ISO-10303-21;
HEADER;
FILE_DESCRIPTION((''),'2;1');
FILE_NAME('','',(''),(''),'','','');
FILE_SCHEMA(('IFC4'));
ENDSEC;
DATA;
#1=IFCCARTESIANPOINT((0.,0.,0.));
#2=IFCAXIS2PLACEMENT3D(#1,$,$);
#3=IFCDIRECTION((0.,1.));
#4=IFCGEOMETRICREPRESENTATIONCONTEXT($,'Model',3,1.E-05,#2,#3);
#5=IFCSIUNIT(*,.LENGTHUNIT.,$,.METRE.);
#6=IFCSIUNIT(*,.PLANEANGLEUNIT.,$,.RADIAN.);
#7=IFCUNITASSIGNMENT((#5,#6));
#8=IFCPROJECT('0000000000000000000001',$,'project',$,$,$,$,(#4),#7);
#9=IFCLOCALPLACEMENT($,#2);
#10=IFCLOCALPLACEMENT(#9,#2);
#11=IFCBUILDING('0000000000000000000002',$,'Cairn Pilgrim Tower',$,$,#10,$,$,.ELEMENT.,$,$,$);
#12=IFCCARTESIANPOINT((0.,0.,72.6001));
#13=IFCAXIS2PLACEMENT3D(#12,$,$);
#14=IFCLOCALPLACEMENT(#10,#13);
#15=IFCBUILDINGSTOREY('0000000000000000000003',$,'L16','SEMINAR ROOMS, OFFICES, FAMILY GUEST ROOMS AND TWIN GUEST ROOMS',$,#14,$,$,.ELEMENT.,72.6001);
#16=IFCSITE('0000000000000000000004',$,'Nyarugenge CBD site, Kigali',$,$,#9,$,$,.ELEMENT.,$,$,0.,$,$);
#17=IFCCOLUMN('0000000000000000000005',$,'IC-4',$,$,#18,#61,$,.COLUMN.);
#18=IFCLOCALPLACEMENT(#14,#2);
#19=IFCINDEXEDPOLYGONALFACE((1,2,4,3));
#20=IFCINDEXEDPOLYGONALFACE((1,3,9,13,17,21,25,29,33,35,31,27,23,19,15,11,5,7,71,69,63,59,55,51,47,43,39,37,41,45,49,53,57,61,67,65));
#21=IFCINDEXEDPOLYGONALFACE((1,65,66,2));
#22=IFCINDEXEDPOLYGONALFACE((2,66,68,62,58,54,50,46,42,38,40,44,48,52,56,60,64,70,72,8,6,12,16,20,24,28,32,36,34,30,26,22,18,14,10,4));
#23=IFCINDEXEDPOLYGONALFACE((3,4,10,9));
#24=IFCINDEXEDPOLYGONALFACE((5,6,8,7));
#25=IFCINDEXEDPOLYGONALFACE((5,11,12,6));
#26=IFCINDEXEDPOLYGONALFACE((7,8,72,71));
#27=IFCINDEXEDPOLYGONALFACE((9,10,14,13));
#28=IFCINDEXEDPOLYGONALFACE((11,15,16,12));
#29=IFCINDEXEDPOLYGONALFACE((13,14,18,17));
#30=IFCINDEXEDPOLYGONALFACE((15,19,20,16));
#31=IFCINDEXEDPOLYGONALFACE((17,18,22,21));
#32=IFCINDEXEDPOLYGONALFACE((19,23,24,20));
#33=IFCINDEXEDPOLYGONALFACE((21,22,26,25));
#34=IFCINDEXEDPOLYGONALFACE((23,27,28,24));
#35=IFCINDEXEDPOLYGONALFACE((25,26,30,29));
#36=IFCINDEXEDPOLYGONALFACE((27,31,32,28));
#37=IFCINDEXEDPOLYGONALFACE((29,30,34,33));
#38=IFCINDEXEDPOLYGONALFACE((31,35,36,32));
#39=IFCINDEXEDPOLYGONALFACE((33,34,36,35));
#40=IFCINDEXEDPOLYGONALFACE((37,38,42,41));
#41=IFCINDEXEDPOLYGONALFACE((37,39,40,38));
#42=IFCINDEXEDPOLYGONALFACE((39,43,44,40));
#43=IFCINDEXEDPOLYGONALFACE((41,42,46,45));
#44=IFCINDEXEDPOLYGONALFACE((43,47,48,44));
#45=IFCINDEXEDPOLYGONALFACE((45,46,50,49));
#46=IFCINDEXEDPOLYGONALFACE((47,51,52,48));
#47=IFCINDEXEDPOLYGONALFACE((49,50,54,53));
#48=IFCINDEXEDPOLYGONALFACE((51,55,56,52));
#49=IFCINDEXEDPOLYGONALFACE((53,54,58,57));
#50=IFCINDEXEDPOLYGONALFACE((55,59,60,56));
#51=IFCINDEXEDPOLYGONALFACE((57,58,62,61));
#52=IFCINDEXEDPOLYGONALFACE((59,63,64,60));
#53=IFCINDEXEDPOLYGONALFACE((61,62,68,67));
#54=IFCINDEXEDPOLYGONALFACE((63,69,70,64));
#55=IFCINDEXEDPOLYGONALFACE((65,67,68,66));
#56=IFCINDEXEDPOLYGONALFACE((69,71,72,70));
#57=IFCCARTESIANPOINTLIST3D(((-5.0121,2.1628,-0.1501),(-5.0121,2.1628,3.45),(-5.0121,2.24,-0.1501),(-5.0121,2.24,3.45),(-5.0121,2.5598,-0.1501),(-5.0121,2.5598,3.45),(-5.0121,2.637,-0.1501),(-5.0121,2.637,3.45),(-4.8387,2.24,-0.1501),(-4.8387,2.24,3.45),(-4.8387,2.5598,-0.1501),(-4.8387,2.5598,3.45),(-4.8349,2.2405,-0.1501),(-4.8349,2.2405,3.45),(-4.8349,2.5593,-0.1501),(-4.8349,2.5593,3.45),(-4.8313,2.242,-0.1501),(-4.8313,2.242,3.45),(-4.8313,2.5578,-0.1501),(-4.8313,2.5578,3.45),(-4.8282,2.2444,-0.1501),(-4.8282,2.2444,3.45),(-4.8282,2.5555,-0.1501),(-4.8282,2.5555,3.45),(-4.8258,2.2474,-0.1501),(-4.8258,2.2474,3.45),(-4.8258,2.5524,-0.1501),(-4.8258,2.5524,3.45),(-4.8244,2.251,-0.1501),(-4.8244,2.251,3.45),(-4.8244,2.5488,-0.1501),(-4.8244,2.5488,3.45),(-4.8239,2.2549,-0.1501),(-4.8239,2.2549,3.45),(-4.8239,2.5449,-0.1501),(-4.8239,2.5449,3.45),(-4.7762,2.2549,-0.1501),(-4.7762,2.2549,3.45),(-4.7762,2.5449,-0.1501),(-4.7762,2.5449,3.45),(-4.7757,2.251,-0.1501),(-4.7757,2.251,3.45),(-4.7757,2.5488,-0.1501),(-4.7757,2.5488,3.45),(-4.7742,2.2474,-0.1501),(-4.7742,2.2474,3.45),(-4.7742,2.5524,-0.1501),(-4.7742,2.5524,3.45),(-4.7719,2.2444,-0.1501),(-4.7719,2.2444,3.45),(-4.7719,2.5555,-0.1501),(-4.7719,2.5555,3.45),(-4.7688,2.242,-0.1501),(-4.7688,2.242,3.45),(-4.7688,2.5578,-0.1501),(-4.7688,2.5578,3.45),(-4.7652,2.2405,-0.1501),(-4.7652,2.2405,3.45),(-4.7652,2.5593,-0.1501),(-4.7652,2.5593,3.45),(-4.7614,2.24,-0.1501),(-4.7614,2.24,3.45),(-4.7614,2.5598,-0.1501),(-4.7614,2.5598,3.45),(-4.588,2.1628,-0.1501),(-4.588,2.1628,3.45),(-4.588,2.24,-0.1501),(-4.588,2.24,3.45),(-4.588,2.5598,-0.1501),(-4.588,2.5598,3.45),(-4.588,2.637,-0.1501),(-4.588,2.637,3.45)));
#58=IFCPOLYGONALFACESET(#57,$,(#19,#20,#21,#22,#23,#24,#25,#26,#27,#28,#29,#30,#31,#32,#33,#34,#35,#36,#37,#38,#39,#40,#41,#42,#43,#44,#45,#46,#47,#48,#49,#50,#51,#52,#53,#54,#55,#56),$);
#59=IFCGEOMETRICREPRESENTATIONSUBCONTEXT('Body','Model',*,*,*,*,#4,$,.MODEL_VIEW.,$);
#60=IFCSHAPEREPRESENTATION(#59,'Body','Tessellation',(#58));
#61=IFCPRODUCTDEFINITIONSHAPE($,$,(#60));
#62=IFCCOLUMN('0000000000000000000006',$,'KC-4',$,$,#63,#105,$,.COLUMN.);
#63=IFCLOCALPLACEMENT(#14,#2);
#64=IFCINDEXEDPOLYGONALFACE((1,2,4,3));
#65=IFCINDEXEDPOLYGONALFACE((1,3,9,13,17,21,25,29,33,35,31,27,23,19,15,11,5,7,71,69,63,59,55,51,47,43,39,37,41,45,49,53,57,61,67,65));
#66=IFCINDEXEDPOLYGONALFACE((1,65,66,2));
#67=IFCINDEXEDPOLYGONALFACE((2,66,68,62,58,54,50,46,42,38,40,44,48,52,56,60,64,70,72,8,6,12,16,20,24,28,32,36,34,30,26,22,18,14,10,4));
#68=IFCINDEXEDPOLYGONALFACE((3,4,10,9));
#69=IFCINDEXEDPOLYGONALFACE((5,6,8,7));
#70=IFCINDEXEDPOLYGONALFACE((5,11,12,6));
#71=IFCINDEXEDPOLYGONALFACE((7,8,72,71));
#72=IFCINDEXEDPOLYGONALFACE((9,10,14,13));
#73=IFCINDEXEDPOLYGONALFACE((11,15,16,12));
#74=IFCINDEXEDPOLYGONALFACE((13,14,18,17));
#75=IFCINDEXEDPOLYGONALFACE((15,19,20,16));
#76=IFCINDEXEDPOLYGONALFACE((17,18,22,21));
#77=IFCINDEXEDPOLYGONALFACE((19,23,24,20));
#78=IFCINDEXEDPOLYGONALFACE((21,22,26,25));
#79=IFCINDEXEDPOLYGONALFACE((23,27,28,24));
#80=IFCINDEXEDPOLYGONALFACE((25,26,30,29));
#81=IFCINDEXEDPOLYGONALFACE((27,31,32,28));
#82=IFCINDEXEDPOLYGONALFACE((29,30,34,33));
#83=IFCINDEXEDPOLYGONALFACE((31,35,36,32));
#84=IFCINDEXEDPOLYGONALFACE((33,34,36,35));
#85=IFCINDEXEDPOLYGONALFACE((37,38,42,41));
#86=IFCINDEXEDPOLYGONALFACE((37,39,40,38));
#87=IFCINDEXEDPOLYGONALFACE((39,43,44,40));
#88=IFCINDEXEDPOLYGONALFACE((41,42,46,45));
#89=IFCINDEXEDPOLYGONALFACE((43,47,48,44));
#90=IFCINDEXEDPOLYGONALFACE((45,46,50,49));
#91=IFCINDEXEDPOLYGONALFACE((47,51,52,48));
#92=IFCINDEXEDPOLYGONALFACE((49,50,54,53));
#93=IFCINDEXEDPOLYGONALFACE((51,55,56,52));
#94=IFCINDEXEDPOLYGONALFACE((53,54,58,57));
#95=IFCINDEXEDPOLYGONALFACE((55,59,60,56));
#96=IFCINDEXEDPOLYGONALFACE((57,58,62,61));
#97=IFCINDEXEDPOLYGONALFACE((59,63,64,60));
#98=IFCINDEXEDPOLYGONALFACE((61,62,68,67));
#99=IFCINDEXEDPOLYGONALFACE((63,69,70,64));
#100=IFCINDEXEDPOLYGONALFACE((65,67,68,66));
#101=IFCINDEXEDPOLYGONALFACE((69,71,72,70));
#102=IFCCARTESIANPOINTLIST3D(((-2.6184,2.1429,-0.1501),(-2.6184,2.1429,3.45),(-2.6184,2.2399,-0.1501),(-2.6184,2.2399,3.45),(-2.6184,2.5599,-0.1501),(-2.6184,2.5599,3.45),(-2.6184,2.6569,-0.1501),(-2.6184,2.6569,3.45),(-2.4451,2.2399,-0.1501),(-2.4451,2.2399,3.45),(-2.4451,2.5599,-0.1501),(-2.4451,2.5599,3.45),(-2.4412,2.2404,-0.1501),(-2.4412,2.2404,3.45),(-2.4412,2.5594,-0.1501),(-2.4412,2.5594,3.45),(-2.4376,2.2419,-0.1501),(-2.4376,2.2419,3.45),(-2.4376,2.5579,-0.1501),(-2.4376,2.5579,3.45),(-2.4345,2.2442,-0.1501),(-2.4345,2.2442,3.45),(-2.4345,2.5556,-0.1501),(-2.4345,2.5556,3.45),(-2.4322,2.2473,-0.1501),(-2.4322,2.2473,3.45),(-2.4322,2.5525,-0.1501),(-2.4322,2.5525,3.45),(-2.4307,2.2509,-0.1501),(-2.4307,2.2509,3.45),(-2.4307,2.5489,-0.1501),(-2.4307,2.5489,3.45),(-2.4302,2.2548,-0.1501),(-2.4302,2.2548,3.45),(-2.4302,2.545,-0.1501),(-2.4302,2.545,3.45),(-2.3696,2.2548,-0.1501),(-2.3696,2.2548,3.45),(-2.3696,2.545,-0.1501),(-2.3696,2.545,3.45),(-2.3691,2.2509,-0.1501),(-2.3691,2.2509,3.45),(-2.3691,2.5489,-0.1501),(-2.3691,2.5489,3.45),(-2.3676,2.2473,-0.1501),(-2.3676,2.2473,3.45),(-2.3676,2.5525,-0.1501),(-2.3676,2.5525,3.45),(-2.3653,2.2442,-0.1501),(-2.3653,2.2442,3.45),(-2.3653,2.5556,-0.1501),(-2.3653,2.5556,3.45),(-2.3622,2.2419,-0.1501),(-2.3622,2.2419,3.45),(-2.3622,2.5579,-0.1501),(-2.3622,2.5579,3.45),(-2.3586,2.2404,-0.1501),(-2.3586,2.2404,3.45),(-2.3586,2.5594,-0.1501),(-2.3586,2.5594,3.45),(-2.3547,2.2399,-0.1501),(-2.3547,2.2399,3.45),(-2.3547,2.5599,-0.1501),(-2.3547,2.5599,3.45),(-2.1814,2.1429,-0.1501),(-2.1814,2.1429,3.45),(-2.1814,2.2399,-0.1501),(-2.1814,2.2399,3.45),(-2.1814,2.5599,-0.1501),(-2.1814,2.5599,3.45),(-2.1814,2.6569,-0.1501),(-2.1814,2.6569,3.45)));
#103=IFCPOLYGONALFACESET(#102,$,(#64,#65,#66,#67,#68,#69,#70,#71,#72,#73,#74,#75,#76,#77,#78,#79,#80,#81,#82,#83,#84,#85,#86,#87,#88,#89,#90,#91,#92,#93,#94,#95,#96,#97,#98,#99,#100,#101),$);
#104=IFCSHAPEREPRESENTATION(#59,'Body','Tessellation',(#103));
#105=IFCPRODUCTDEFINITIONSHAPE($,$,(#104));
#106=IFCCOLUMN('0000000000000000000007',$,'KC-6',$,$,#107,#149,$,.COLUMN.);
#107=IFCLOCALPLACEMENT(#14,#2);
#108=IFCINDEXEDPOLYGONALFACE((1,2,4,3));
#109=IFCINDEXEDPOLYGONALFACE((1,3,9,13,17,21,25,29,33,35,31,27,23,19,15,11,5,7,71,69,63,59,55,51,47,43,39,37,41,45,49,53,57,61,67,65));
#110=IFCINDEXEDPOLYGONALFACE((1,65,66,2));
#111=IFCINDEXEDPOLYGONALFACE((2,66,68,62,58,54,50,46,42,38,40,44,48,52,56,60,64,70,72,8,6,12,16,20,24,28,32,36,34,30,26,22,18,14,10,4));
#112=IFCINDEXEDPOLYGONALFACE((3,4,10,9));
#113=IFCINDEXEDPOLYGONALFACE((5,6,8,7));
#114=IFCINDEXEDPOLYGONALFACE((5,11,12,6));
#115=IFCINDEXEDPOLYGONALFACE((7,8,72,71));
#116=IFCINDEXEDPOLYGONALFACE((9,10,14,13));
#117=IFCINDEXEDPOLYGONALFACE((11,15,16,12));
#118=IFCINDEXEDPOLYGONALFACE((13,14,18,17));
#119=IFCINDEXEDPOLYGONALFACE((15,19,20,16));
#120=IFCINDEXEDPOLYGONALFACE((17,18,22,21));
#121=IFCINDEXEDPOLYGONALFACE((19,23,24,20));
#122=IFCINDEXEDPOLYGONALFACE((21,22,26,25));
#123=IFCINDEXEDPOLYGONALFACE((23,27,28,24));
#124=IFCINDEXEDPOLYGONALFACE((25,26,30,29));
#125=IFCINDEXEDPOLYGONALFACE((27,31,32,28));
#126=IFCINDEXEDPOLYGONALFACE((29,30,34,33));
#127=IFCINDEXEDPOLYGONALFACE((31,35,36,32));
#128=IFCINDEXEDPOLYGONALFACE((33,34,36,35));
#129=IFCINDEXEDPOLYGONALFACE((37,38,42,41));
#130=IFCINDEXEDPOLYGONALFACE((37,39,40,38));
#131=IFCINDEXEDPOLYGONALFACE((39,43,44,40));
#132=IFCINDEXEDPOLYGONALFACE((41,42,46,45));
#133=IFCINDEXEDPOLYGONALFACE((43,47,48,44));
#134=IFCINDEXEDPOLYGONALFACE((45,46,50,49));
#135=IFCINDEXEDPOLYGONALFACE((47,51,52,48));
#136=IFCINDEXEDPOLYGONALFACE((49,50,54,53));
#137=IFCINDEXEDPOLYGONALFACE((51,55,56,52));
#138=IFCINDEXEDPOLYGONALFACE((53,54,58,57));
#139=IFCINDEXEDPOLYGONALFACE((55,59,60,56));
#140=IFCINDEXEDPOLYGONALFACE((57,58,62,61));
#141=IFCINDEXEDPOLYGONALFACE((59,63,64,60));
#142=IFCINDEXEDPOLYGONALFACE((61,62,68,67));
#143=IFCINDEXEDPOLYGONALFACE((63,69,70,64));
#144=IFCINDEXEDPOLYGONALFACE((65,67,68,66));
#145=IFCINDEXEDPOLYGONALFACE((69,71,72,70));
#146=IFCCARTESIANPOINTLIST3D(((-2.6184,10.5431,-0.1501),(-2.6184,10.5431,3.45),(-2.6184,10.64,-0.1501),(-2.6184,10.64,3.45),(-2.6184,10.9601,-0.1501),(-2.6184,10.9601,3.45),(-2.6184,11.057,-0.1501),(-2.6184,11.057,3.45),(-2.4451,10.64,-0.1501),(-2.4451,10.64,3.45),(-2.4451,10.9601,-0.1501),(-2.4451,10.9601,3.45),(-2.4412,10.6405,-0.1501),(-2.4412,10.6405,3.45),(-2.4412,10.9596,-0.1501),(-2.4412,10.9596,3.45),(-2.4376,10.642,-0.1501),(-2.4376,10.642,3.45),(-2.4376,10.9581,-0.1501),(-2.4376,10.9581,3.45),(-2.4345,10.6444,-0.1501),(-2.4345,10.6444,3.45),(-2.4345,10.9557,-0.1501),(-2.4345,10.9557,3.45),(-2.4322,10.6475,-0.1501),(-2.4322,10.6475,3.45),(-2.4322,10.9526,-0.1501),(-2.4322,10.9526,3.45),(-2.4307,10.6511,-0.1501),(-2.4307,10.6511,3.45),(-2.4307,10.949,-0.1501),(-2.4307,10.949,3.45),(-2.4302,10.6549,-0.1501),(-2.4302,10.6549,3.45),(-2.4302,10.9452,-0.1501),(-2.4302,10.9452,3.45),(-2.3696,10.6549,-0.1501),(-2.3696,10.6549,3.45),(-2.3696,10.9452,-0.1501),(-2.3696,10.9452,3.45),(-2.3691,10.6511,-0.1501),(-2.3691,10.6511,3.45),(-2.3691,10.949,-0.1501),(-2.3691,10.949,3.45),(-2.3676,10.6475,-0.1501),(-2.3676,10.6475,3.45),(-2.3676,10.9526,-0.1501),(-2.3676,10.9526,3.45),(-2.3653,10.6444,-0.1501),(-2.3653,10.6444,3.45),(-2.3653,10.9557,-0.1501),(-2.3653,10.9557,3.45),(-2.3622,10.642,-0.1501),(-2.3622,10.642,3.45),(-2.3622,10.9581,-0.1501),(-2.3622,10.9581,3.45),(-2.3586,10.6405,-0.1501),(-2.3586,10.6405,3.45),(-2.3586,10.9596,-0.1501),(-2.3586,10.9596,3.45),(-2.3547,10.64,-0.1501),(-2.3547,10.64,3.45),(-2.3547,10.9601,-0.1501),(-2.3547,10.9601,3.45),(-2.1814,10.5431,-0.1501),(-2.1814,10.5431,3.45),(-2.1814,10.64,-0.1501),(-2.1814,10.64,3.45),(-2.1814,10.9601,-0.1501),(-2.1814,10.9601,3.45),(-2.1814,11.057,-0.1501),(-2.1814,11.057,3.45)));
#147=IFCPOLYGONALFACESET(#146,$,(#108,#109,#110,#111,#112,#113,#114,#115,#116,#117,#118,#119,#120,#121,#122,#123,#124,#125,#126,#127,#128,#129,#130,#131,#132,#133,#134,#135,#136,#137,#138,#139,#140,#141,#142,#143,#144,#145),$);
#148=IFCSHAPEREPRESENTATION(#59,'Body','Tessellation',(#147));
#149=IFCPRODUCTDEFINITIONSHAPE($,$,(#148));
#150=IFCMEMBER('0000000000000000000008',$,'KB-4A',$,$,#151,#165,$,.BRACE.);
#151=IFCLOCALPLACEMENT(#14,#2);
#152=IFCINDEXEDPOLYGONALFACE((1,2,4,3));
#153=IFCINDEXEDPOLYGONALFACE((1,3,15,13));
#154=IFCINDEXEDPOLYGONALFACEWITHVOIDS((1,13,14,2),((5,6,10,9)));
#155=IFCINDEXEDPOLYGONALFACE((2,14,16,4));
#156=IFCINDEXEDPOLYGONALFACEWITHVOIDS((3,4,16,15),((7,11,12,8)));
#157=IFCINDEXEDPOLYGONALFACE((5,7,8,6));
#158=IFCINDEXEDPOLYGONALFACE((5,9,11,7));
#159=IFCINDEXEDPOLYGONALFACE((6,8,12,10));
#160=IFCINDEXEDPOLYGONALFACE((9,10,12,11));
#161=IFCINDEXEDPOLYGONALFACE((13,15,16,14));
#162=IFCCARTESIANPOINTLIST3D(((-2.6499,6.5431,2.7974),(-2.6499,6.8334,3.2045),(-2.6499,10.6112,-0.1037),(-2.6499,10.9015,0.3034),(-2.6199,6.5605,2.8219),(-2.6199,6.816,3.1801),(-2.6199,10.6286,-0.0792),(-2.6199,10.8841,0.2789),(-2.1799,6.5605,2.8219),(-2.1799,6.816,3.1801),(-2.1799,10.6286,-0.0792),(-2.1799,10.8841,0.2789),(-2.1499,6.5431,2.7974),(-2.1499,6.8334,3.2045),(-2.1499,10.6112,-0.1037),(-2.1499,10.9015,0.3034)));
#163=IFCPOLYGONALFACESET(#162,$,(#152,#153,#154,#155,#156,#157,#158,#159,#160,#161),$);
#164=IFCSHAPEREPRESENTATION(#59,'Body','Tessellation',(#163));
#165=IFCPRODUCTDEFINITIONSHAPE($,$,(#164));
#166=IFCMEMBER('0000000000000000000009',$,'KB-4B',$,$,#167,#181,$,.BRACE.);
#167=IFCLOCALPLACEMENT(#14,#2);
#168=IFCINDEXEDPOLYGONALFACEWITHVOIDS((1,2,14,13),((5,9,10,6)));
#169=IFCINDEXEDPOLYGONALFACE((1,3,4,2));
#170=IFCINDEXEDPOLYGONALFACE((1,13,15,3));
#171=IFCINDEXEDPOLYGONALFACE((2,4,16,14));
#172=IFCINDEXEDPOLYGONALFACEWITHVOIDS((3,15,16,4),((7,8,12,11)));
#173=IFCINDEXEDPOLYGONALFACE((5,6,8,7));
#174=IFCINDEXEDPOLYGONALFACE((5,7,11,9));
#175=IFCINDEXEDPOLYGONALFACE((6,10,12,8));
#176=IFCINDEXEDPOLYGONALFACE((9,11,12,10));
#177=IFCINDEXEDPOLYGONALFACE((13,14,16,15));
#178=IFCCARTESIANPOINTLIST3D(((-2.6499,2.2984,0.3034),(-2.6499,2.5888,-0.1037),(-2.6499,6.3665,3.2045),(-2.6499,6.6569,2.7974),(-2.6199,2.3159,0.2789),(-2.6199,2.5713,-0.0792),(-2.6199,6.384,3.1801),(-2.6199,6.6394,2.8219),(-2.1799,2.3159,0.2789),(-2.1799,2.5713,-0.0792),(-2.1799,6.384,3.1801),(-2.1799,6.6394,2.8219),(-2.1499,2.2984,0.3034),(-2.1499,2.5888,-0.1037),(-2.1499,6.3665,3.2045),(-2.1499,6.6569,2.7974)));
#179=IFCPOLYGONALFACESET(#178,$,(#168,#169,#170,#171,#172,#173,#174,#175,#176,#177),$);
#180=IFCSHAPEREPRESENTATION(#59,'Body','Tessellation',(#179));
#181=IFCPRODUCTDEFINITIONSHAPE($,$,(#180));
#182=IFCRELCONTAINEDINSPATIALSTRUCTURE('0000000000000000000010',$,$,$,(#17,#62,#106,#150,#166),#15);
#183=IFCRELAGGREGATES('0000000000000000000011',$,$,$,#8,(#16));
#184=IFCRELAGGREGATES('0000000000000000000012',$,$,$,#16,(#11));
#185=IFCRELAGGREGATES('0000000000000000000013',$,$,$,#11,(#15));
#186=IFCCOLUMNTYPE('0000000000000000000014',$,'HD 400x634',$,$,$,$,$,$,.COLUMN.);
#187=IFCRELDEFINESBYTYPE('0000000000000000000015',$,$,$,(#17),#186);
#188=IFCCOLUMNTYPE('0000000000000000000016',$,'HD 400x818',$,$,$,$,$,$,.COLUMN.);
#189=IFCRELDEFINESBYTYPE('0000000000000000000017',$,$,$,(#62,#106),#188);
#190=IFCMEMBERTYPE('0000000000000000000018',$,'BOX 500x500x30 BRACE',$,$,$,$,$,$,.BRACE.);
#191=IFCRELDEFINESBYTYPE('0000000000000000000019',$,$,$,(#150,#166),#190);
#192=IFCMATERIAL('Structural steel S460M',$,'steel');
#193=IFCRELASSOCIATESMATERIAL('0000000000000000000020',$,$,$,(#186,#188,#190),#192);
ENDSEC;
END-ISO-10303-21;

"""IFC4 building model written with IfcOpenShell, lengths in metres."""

from ifc_helpers import new_model, si_unit, direction, frame, origin, origin_2d, place, context, subcontext, project, spatial, hollow_rectangle, i_section, extrude, material, material_profile, profile_set, type_object, element, save


model = new_model("IFC4")

# Units and contexts
model_context = context("Model", 3, precision=1e-05, world=origin(), true_north=direction((0.0, 1.0)))
body_context = subcontext(model_context, "Body", "Model", "MODEL_VIEW")
ifc_project = project(units=[si_unit("LENGTHUNIT", "METRE"), si_unit("PLANEANGLEUNIT", "RADIAN")], contexts=[model_context])

# Site, building, storey
site_placement = place(None, origin())
site = spatial("IfcSite", under=ifc_project, at=site_placement, Name="Nyarugenge CBD site, Kigali", CompositionType="ELEMENT", RefElevation=0.0)
building_placement = place(site_placement, origin())
building = spatial("IfcBuilding", under=site, at=building_placement, Name="Cairn Pilgrim Tower", CompositionType="ELEMENT")
storey_placement = place(building_placement, frame((0.0, 0.0, 72.6001)))
storey = spatial("IfcBuildingStorey", under=building, at=storey_placement, Name="L16", Description="SEMINAR ROOMS, OFFICES, FAMILY GUEST ROOMS AND TWIN GUEST ROOMS", CompositionType="ELEMENT", Elevation=72.6001)

# Columns
ifc_material_1 = material(Name="Structural steel S460M", Category="steel")
ifc_material_profile_1 = material_profile(ifc_material_1, i_section(OverallWidth=0.4241, OverallDepth=0.4741, WebThickness=0.0476, FlangeThickness=0.0771, FilletRadius=0.0149, at=origin_2d()), Name="HD 400x634")
ifc_profile_set_1 = profile_set([ifc_material_profile_1], Name="Structural steel S460M")
column_type_1 = type_object("IfcColumnType", Name="HD 400x634", PredefinedType="COLUMN", material=ifc_profile_set_1)
column_placement = place(storey_placement, frame((-4.8, 2.3999, -0.1501), z_axis=(0.0, 0.0, 1.0), x_axis=(1.0, 0.0, 0.0)))
element("IfcColumn", 1, at=column_placement, inside=storey, type_object=column_type_1, Name="IC-4", PredefinedType="COLUMN", context=body_context, shape_type="SweptSolid", body=[
    extrude(i_section(OverallWidth=0.4241, OverallDepth=0.4741, WebThickness=0.0476, FlangeThickness=0.0771, FilletRadius=0.0149, at=origin_2d()), origin(), (0.0, 0.0, 1.0), 3.6001),
])
ifc_material_profile_2 = material_profile(ifc_material_1, i_section(OverallWidth=0.437, OverallDepth=0.5139, WebThickness=0.0605, FlangeThickness=0.0969, FilletRadius=0.0149, at=origin_2d()), Name="HD 400x818")
ifc_profile_set_2 = profile_set([ifc_material_profile_2], Name="Structural steel S460M")
column_type_2 = type_object("IfcColumnType", Name="HD 400x818", PredefinedType="COLUMN", material=ifc_profile_set_2)
for number, where, z_axis, x_axis, name in (
    (2, (-2.3999, 2.3999, -0.1501), (0.0, 0.0, 1.0), (1.0, 0.0, 0.0), "KC-4"),
    (3, (-2.3999, 10.8, -0.1501), (0.0, 0.0, 1.0), (1.0, 0.0, 0.0), "KC-6"),
):
    element("IfcColumn", number, at=place(storey_placement, frame(where, z_axis=z_axis, x_axis=x_axis)), inside=storey, type_object=column_type_2, Name=name, PredefinedType="COLUMN", context=body_context, shape_type="SweptSolid", body=[
        extrude(i_section(OverallWidth=0.437, OverallDepth=0.5139, WebThickness=0.0605, FlangeThickness=0.0969, FilletRadius=0.0149, at=origin_2d()), origin(), (0.0, 0.0, 1.0), 3.6001),
    ])

# Members
ifc_material_profile_3 = material_profile(ifc_material_1, hollow_rectangle(XDim=0.5, YDim=0.5, WallThickness=0.03, at=origin_2d()), Name="BOX 500x500x30")
ifc_profile_set_3 = profile_set([ifc_material_profile_3], Name="Structural steel S460M")
member_type = type_object("IfcMemberType", Name="BOX 500x500x30 BRACE", PredefinedType="BRACE", material=ifc_profile_set_3)
for number, where, z_axis, x_axis, name in (
    (4, (-2.3999, 10.7563, 0.0999), (0.0, -0.814176, 0.580619), (1.0, 0.0, 0.0), "KB-4A"),
    (5, (-2.3999, 2.4436, 0.0999), (0.0, 0.814176, 0.580619), (-1.0, 0.0, 0.0), "KB-4B"),
):
    element("IfcMember", number, at=place(storey_placement, frame(where, z_axis=z_axis, x_axis=x_axis)), inside=storey, type_object=member_type, Name=name, PredefinedType="BRACE", context=body_context, shape_type="SweptSolid", body=[
        extrude(hollow_rectangle(XDim=0.5, YDim=0.5, WallThickness=0.03, at=origin_2d()), origin(), (0.0, 0.0, 1.0), 4.9966),
    ])

save(model, "model.ifc")
